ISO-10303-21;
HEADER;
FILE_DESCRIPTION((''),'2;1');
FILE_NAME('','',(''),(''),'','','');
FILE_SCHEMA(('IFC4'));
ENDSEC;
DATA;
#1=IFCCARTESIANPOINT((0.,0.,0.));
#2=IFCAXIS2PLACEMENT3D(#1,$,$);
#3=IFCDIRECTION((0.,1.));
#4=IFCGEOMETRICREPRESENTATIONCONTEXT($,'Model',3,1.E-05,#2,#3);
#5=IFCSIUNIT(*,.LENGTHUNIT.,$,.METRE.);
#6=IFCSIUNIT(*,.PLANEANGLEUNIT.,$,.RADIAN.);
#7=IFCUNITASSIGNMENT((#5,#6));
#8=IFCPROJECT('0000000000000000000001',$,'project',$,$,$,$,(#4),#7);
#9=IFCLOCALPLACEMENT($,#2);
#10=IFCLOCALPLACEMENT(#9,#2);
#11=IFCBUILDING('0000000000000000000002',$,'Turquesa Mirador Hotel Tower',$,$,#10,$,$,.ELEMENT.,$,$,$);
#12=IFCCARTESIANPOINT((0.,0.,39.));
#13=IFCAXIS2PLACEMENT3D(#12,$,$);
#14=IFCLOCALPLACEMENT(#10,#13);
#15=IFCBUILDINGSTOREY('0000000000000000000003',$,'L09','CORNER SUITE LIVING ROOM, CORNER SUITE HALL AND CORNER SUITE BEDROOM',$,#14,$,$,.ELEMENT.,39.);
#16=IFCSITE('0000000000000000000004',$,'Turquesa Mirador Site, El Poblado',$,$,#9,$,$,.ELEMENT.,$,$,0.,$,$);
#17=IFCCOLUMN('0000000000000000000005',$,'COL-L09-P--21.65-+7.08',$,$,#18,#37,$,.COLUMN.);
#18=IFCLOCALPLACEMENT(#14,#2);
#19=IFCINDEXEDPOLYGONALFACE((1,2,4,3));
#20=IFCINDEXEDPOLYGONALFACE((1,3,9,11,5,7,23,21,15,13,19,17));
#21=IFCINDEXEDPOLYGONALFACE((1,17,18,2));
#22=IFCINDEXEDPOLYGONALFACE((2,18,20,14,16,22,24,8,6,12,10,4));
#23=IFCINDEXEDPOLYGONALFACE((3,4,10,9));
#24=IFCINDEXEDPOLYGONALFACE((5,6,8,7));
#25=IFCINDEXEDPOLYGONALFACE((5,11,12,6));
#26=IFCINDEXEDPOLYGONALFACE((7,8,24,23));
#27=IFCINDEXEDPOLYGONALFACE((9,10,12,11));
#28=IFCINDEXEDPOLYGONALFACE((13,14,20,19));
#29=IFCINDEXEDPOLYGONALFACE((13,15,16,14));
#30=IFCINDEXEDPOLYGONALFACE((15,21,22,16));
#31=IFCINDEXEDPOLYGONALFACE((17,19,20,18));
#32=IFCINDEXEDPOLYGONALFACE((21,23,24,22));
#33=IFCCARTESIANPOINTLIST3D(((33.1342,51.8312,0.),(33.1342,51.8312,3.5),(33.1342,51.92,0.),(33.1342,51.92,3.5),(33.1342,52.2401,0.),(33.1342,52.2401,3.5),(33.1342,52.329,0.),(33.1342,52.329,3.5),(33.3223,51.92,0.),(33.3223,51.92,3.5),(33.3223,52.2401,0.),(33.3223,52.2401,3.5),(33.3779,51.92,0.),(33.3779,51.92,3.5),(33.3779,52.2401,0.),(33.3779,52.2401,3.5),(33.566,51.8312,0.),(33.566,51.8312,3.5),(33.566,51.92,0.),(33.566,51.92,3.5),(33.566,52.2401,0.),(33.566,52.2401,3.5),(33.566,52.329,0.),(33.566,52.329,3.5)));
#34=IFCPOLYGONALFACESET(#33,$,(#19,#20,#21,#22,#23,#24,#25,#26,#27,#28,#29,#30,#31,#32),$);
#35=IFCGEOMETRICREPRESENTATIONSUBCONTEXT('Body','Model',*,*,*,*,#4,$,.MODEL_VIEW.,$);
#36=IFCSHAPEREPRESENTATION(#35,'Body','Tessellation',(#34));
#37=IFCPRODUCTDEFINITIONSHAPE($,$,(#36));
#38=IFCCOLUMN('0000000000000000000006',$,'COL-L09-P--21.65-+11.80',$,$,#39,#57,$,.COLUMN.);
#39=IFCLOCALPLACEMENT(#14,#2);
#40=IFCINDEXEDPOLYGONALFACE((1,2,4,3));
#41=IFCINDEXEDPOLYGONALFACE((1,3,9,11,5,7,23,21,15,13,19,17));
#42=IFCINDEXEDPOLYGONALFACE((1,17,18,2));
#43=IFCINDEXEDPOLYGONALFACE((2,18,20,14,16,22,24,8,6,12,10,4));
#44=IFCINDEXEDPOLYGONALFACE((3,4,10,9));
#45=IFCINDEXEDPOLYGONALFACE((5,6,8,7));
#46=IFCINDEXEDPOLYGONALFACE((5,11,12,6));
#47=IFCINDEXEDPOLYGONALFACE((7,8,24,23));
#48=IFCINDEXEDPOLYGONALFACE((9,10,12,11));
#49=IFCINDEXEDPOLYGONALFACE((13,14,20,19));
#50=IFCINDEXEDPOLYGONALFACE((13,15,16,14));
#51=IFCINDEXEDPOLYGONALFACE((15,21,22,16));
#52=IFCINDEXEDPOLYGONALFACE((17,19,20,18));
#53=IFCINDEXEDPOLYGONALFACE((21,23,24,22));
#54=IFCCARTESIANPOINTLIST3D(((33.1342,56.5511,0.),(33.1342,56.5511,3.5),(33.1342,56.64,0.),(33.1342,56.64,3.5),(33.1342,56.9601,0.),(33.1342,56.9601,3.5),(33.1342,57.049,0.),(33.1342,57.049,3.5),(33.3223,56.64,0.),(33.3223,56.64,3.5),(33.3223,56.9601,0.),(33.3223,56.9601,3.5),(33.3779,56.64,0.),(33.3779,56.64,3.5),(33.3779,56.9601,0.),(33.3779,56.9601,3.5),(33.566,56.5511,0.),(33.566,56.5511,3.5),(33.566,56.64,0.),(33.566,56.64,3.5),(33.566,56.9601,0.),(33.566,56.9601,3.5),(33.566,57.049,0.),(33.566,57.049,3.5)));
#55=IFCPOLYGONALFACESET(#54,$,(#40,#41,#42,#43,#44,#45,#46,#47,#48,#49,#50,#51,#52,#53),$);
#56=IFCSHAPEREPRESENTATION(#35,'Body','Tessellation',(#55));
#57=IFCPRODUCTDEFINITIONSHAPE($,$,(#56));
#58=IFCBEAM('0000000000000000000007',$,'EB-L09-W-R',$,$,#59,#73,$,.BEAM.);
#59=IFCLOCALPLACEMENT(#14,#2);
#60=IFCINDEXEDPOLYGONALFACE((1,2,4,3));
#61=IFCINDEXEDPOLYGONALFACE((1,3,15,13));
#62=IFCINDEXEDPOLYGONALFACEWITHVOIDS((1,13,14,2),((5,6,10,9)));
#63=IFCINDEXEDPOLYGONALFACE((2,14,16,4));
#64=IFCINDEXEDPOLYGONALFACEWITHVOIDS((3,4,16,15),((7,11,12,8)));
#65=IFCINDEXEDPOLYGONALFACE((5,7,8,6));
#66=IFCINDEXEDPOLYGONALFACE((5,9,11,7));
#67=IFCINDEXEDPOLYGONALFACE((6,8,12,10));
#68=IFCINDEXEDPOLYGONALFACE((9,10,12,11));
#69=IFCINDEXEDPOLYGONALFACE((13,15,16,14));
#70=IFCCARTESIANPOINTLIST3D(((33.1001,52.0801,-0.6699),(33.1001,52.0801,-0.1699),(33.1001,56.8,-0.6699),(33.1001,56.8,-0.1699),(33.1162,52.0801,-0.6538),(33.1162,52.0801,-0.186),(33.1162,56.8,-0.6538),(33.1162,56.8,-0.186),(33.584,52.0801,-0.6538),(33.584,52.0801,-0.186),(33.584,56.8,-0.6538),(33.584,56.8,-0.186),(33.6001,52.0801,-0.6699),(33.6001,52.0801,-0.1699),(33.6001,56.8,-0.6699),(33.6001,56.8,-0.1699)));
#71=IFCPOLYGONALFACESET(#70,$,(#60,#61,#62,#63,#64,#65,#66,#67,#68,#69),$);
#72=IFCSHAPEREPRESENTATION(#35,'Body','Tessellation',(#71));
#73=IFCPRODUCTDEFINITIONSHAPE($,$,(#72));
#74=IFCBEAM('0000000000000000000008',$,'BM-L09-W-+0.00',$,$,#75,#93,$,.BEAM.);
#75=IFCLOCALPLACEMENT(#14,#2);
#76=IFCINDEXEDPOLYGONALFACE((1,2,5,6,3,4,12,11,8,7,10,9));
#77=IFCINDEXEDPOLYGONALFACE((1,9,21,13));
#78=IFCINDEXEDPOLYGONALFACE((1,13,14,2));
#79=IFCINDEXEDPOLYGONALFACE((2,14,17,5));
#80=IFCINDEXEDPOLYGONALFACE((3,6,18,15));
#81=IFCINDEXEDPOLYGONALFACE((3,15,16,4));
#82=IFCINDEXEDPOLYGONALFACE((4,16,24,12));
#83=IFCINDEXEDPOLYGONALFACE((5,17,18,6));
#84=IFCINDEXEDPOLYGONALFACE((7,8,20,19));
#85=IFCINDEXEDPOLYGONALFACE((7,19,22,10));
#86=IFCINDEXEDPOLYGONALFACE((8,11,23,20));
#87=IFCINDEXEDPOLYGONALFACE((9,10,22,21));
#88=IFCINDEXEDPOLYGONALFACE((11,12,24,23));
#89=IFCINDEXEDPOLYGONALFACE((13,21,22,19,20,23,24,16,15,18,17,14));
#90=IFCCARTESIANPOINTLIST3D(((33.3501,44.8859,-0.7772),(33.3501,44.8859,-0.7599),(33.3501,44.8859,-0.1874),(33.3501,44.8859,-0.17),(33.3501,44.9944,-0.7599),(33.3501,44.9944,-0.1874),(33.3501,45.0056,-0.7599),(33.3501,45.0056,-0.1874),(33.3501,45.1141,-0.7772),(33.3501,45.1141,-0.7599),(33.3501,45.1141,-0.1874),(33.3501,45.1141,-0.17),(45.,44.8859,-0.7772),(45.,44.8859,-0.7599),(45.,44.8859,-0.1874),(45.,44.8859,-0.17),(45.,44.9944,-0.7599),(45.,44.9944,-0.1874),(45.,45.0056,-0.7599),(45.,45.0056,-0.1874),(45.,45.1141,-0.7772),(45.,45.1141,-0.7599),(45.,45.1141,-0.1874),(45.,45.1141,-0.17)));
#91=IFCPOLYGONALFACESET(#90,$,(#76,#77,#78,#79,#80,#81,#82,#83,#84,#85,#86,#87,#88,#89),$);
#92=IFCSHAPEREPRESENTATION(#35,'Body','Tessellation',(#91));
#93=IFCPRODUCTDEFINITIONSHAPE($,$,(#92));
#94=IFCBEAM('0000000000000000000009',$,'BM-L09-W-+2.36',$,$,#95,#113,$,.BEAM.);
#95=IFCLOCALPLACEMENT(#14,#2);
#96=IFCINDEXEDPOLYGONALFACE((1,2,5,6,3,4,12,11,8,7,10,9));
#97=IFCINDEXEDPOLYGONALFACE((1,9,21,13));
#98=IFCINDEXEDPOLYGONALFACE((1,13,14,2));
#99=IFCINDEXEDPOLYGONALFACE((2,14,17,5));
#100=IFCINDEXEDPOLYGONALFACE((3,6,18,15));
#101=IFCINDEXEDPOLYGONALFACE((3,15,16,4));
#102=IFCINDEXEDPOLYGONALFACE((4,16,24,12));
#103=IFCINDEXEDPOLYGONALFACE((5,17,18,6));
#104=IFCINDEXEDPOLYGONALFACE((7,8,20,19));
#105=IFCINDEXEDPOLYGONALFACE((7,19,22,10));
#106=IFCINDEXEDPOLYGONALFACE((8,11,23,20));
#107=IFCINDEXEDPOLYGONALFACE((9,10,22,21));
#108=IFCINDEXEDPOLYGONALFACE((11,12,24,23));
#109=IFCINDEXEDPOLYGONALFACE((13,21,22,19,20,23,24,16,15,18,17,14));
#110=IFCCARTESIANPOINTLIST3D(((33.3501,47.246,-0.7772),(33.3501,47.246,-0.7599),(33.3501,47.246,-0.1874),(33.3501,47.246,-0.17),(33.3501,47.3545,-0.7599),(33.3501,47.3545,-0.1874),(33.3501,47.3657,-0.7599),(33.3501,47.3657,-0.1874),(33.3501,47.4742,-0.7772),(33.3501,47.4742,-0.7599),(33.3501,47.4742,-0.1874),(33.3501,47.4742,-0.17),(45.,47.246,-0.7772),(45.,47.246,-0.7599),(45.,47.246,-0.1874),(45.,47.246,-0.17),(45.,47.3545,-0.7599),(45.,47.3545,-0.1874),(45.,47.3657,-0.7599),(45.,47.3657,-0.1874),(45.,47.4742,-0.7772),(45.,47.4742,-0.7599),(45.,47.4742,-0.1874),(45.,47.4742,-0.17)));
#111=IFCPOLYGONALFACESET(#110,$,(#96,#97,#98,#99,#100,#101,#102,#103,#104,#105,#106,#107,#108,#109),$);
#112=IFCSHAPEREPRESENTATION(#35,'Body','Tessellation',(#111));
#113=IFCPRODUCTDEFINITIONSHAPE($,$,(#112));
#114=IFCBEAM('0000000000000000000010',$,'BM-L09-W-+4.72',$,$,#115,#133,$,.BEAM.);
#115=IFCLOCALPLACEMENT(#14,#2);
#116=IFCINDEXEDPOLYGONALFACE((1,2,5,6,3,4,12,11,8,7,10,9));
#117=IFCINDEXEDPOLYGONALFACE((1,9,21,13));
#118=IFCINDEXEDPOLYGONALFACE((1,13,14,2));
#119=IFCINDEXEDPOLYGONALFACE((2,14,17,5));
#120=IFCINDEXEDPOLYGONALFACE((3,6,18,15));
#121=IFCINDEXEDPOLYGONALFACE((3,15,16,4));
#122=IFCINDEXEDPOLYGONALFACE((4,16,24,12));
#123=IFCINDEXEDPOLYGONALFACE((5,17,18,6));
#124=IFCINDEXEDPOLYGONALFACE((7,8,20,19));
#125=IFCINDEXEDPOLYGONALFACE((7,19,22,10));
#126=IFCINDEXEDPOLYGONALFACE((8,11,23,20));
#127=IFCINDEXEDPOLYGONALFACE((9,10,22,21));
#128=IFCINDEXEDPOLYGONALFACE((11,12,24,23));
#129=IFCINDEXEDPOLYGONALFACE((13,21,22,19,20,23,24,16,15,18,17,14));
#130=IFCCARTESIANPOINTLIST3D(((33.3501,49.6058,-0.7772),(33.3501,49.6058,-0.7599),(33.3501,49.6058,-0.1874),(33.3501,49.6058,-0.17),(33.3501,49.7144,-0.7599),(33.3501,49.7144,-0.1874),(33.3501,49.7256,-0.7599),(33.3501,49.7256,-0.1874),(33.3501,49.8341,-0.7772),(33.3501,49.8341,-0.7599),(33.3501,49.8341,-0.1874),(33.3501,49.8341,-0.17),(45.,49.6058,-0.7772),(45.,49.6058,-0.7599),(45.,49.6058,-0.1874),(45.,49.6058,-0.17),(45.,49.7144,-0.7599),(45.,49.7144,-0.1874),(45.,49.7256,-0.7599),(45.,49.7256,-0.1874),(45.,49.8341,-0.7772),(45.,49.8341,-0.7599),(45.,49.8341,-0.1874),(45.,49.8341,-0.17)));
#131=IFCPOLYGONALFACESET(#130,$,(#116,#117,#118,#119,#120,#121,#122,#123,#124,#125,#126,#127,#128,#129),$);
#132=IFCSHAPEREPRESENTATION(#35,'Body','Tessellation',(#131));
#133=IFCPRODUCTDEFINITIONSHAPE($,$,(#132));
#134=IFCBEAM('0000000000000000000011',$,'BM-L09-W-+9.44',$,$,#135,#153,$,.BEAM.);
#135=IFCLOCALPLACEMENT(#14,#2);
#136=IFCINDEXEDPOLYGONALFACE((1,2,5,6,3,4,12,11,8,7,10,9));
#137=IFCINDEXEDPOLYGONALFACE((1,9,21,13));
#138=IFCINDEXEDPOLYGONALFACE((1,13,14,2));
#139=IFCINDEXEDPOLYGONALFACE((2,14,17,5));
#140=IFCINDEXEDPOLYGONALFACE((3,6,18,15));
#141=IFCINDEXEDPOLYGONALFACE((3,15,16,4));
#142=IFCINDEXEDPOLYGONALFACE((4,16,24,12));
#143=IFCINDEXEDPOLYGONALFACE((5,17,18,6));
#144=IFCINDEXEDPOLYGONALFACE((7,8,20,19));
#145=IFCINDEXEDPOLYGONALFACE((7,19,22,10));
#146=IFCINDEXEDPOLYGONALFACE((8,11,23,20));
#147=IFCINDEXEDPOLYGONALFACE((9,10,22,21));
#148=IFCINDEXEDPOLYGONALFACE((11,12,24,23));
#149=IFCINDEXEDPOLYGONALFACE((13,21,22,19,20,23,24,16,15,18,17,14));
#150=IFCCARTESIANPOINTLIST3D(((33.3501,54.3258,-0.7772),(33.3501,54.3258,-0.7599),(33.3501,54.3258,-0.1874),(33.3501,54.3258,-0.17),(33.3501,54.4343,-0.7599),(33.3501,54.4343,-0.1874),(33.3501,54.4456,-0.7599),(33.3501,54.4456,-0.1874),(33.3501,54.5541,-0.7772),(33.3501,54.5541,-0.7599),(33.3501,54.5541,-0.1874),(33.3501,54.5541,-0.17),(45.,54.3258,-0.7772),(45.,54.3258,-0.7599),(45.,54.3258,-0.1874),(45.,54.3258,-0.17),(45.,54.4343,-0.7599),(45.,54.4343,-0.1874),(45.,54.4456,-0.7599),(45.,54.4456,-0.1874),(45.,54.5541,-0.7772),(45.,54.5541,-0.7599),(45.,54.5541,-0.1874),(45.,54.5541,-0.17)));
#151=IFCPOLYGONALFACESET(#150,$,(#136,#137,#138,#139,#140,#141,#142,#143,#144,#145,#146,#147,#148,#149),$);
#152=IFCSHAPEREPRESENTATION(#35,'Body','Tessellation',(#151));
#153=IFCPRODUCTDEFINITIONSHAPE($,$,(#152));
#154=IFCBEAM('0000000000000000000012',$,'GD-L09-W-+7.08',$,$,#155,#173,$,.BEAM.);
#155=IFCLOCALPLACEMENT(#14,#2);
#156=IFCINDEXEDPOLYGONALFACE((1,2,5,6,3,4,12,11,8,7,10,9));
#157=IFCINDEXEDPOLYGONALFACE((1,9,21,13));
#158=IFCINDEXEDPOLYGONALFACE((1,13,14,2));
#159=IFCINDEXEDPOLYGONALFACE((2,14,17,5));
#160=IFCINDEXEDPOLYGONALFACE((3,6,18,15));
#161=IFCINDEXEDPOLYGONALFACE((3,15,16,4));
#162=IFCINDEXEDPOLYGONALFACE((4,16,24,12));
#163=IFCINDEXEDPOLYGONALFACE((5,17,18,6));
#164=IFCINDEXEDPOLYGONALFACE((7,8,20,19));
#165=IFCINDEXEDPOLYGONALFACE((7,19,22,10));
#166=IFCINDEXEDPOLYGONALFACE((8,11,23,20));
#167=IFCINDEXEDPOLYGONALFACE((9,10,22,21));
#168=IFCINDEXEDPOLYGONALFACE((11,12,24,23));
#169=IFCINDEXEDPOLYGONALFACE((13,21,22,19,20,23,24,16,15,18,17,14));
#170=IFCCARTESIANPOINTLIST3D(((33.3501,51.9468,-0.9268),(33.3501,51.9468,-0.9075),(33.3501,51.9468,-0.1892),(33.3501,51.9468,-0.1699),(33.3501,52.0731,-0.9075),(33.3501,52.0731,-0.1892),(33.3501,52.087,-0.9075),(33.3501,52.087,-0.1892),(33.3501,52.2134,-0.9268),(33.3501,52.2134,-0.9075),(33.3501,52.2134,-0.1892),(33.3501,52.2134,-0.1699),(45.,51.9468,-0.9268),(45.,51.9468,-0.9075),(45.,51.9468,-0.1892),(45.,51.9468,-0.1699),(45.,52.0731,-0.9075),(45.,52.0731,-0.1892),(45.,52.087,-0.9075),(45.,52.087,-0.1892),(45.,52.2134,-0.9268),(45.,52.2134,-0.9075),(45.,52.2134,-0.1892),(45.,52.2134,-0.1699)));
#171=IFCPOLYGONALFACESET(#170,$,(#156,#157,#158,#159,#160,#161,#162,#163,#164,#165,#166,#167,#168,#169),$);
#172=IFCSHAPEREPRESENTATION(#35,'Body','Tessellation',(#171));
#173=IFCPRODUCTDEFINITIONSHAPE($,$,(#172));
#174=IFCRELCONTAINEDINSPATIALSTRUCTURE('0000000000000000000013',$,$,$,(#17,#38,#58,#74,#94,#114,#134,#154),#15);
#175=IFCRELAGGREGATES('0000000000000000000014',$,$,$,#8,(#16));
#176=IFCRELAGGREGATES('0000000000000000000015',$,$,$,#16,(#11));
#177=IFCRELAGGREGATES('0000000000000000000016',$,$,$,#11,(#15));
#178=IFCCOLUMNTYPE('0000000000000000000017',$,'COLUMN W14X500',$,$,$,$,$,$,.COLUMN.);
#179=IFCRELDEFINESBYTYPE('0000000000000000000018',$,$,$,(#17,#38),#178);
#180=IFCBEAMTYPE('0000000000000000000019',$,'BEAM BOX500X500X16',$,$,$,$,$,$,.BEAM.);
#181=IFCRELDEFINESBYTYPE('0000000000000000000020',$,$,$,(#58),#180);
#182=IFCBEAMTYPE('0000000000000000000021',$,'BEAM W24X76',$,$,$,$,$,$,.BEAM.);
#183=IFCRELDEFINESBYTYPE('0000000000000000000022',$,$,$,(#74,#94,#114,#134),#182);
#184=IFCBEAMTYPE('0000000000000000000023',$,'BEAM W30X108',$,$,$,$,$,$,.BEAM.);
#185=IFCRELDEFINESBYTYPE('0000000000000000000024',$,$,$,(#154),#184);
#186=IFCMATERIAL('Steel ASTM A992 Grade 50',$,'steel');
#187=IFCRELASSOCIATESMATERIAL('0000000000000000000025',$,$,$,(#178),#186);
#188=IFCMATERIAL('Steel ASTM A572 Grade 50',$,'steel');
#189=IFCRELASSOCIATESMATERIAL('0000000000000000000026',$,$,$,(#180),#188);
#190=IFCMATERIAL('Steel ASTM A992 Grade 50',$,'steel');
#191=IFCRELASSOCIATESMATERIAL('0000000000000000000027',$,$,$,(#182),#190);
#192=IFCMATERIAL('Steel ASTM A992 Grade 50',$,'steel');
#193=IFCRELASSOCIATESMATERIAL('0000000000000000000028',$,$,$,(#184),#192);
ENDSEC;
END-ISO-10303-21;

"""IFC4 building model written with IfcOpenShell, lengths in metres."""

from ifc_helpers import new_model, si_unit, direction, frame, origin, origin_2d, place, context, subcontext, project, spatial, hollow_rectangle, i_section, extrude, material, material_profile, profile_set, type_object, element, save


model = new_model("IFC4")

# Units and contexts
model_context = context("Model", 3, precision=1e-05, world=origin(), true_north=direction((0.0, 1.0)))
body_context = subcontext(model_context, "Body", "Model", "MODEL_VIEW")
ifc_project = project(units=[si_unit("LENGTHUNIT", "METRE"), si_unit("PLANEANGLEUNIT", "RADIAN")], contexts=[model_context])

# Site, building, storey
site_placement = place(None, origin())
site = spatial("IfcSite", under=ifc_project, at=site_placement, Name="Turquesa Mirador Site, El Poblado", CompositionType="ELEMENT", RefElevation=0.0)
building_placement = place(site_placement, origin())
building = spatial("IfcBuilding", under=site, at=building_placement, Name="Turquesa Mirador Hotel Tower", CompositionType="ELEMENT")
storey_placement = place(building_placement, frame((0.0, 0.0, 39.0)))
storey = spatial("IfcBuildingStorey", under=building, at=storey_placement, Name="L09", Description="CORNER SUITE LIVING ROOM, CORNER SUITE HALL AND CORNER SUITE BEDROOM", CompositionType="ELEMENT", Elevation=39.0)

# Columns
ifc_material_1 = material(Name="Steel ASTM A992 Grade 50", Category="steel")
ifc_material_profile_1 = material_profile(ifc_material_1, i_section(OverallWidth=0.4319, OverallDepth=0.4978, WebThickness=0.0557, FlangeThickness=0.0889, at=origin_2d()), Name="W14X500")
ifc_profile_set_1 = profile_set([ifc_material_profile_1], Name="Steel ASTM A992 Grade 50")
column_type = type_object("IfcColumnType", Name="COLUMN W14X500", PredefinedType="COLUMN", material=ifc_profile_set_1)
for number, where, z_axis, x_axis, name in (
    (1, (33.3501, 52.0801, 0.0), (0.0, 0.0, 1.0), (1.0, 0.0, 0.0), "COL-L09-P--21.65-+7.08"),
    (2, (33.3501, 56.8, 0.0), (0.0, 0.0, 1.0), (1.0, 0.0, 0.0), "COL-L09-P--21.65-+11.80"),
):
    element("IfcColumn", number, at=place(storey_placement, frame(where, z_axis=z_axis, x_axis=x_axis)), inside=storey, type_object=column_type, Name=name, PredefinedType="COLUMN", context=body_context, shape_type="SweptSolid", body=[
        extrude(i_section(OverallWidth=0.4319, OverallDepth=0.4978, WebThickness=0.0557, FlangeThickness=0.0889, at=origin_2d()), origin(), (0.0, 0.0, 1.0), 3.5),
    ])

# Beams
ifc_material_2 = material(Name="Steel ASTM A572 Grade 50", Category="steel")
ifc_material_profile_2 = material_profile(ifc_material_2, hollow_rectangle(XDim=0.5, YDim=0.5, WallThickness=0.0161, at=origin_2d()), Name="BOX500X500X16")
ifc_profile_set_2 = profile_set([ifc_material_profile_2], Name="Steel ASTM A572 Grade 50")
beam_type_1 = type_object("IfcBeamType", Name="BEAM BOX500X500X16", PredefinedType="BEAM", material=ifc_profile_set_2)
beam_1_placement = place(storey_placement, frame((33.3501, 52.0801, -0.4199), z_axis=(0.0, 1.0, 0.0), x_axis=(-1.0, 0.0, 0.0)))
element("IfcBeam", 3, at=beam_1_placement, inside=storey, type_object=beam_type_1, Name="EB-L09-W-R", PredefinedType="BEAM", context=body_context, shape_type="SweptSolid", body=[
    extrude(hollow_rectangle(XDim=0.5, YDim=0.5, WallThickness=0.0161, at=origin_2d()), origin(), (0.0, 0.0, 1.0), 4.72),
])
ifc_material_3 = material(Name="Steel ASTM A992 Grade 50", Category="steel")
ifc_material_profile_3 = material_profile(ifc_material_3, i_section(OverallWidth=0.2283, OverallDepth=0.6072, WebThickness=0.0112, FlangeThickness=0.0173, at=origin_2d()), Name="W24X76")
ifc_profile_set_3 = profile_set([ifc_material_profile_3], Name="Steel ASTM A992 Grade 50")
beam_type_2 = type_object("IfcBeamType", Name="BEAM W24X76", PredefinedType="BEAM", material=ifc_profile_set_3)
for number, where, z_axis, x_axis, name in (
    (4, (33.3501, 45.0, -0.4736), (1.0, 0.0, 0.0), (0.0, 1.0, 0.0), "BM-L09-W-+0.00"),
    (5, (33.3501, 47.3601, -0.4736), (1.0, 0.0, 0.0), (0.0, 1.0, 0.0), "BM-L09-W-+2.36"),
    (6, (33.3501, 49.72, -0.4736), (1.0, 0.0, 0.0), (0.0, 1.0, 0.0), "BM-L09-W-+4.72"),
    (7, (33.3501, 54.4399, -0.4736), (1.0, 0.0, 0.0), (0.0, 1.0, 0.0), "BM-L09-W-+9.44"),
):
    element("IfcBeam", number, at=place(storey_placement, frame(where, z_axis=z_axis, x_axis=x_axis)), inside=storey, type_object=beam_type_2, Name=name, PredefinedType="BEAM", context=body_context, shape_type="SweptSolid", body=[
        extrude(i_section(OverallWidth=0.2283, OverallDepth=0.6072, WebThickness=0.0112, FlangeThickness=0.0173, at=origin_2d()), origin(), (0.0, 0.0, 1.0), 11.6499),
    ])
ifc_material_4 = material(Name="Steel ASTM A992 Grade 50", Category="steel")
ifc_material_profile_4 = material_profile(ifc_material_4, i_section(OverallWidth=0.2666, OverallDepth=0.7568, WebThickness=0.0139, FlangeThickness=0.0193, at=origin_2d()), Name="W30X108")
ifc_profile_set_4 = profile_set([ifc_material_profile_4], Name="Steel ASTM A992 Grade 50")
beam_type_3 = type_object("IfcBeamType", Name="BEAM W30X108", PredefinedType="BEAM", material=ifc_profile_set_4)
beam_2_placement = place(storey_placement, frame((33.3501, 52.0801, -0.5483), z_axis=(1.0, 0.0, 0.0), x_axis=(0.0, 1.0, 0.0)))
element("IfcBeam", 8, at=beam_2_placement, inside=storey, type_object=beam_type_3, Name="GD-L09-W-+7.08", PredefinedType="BEAM", context=body_context, shape_type="SweptSolid", body=[
    extrude(i_section(OverallWidth=0.2666, OverallDepth=0.7568, WebThickness=0.0139, FlangeThickness=0.0193, at=origin_2d()), origin(), (0.0, 0.0, 1.0), 11.6499),
])

save(model, "model.ifc")
